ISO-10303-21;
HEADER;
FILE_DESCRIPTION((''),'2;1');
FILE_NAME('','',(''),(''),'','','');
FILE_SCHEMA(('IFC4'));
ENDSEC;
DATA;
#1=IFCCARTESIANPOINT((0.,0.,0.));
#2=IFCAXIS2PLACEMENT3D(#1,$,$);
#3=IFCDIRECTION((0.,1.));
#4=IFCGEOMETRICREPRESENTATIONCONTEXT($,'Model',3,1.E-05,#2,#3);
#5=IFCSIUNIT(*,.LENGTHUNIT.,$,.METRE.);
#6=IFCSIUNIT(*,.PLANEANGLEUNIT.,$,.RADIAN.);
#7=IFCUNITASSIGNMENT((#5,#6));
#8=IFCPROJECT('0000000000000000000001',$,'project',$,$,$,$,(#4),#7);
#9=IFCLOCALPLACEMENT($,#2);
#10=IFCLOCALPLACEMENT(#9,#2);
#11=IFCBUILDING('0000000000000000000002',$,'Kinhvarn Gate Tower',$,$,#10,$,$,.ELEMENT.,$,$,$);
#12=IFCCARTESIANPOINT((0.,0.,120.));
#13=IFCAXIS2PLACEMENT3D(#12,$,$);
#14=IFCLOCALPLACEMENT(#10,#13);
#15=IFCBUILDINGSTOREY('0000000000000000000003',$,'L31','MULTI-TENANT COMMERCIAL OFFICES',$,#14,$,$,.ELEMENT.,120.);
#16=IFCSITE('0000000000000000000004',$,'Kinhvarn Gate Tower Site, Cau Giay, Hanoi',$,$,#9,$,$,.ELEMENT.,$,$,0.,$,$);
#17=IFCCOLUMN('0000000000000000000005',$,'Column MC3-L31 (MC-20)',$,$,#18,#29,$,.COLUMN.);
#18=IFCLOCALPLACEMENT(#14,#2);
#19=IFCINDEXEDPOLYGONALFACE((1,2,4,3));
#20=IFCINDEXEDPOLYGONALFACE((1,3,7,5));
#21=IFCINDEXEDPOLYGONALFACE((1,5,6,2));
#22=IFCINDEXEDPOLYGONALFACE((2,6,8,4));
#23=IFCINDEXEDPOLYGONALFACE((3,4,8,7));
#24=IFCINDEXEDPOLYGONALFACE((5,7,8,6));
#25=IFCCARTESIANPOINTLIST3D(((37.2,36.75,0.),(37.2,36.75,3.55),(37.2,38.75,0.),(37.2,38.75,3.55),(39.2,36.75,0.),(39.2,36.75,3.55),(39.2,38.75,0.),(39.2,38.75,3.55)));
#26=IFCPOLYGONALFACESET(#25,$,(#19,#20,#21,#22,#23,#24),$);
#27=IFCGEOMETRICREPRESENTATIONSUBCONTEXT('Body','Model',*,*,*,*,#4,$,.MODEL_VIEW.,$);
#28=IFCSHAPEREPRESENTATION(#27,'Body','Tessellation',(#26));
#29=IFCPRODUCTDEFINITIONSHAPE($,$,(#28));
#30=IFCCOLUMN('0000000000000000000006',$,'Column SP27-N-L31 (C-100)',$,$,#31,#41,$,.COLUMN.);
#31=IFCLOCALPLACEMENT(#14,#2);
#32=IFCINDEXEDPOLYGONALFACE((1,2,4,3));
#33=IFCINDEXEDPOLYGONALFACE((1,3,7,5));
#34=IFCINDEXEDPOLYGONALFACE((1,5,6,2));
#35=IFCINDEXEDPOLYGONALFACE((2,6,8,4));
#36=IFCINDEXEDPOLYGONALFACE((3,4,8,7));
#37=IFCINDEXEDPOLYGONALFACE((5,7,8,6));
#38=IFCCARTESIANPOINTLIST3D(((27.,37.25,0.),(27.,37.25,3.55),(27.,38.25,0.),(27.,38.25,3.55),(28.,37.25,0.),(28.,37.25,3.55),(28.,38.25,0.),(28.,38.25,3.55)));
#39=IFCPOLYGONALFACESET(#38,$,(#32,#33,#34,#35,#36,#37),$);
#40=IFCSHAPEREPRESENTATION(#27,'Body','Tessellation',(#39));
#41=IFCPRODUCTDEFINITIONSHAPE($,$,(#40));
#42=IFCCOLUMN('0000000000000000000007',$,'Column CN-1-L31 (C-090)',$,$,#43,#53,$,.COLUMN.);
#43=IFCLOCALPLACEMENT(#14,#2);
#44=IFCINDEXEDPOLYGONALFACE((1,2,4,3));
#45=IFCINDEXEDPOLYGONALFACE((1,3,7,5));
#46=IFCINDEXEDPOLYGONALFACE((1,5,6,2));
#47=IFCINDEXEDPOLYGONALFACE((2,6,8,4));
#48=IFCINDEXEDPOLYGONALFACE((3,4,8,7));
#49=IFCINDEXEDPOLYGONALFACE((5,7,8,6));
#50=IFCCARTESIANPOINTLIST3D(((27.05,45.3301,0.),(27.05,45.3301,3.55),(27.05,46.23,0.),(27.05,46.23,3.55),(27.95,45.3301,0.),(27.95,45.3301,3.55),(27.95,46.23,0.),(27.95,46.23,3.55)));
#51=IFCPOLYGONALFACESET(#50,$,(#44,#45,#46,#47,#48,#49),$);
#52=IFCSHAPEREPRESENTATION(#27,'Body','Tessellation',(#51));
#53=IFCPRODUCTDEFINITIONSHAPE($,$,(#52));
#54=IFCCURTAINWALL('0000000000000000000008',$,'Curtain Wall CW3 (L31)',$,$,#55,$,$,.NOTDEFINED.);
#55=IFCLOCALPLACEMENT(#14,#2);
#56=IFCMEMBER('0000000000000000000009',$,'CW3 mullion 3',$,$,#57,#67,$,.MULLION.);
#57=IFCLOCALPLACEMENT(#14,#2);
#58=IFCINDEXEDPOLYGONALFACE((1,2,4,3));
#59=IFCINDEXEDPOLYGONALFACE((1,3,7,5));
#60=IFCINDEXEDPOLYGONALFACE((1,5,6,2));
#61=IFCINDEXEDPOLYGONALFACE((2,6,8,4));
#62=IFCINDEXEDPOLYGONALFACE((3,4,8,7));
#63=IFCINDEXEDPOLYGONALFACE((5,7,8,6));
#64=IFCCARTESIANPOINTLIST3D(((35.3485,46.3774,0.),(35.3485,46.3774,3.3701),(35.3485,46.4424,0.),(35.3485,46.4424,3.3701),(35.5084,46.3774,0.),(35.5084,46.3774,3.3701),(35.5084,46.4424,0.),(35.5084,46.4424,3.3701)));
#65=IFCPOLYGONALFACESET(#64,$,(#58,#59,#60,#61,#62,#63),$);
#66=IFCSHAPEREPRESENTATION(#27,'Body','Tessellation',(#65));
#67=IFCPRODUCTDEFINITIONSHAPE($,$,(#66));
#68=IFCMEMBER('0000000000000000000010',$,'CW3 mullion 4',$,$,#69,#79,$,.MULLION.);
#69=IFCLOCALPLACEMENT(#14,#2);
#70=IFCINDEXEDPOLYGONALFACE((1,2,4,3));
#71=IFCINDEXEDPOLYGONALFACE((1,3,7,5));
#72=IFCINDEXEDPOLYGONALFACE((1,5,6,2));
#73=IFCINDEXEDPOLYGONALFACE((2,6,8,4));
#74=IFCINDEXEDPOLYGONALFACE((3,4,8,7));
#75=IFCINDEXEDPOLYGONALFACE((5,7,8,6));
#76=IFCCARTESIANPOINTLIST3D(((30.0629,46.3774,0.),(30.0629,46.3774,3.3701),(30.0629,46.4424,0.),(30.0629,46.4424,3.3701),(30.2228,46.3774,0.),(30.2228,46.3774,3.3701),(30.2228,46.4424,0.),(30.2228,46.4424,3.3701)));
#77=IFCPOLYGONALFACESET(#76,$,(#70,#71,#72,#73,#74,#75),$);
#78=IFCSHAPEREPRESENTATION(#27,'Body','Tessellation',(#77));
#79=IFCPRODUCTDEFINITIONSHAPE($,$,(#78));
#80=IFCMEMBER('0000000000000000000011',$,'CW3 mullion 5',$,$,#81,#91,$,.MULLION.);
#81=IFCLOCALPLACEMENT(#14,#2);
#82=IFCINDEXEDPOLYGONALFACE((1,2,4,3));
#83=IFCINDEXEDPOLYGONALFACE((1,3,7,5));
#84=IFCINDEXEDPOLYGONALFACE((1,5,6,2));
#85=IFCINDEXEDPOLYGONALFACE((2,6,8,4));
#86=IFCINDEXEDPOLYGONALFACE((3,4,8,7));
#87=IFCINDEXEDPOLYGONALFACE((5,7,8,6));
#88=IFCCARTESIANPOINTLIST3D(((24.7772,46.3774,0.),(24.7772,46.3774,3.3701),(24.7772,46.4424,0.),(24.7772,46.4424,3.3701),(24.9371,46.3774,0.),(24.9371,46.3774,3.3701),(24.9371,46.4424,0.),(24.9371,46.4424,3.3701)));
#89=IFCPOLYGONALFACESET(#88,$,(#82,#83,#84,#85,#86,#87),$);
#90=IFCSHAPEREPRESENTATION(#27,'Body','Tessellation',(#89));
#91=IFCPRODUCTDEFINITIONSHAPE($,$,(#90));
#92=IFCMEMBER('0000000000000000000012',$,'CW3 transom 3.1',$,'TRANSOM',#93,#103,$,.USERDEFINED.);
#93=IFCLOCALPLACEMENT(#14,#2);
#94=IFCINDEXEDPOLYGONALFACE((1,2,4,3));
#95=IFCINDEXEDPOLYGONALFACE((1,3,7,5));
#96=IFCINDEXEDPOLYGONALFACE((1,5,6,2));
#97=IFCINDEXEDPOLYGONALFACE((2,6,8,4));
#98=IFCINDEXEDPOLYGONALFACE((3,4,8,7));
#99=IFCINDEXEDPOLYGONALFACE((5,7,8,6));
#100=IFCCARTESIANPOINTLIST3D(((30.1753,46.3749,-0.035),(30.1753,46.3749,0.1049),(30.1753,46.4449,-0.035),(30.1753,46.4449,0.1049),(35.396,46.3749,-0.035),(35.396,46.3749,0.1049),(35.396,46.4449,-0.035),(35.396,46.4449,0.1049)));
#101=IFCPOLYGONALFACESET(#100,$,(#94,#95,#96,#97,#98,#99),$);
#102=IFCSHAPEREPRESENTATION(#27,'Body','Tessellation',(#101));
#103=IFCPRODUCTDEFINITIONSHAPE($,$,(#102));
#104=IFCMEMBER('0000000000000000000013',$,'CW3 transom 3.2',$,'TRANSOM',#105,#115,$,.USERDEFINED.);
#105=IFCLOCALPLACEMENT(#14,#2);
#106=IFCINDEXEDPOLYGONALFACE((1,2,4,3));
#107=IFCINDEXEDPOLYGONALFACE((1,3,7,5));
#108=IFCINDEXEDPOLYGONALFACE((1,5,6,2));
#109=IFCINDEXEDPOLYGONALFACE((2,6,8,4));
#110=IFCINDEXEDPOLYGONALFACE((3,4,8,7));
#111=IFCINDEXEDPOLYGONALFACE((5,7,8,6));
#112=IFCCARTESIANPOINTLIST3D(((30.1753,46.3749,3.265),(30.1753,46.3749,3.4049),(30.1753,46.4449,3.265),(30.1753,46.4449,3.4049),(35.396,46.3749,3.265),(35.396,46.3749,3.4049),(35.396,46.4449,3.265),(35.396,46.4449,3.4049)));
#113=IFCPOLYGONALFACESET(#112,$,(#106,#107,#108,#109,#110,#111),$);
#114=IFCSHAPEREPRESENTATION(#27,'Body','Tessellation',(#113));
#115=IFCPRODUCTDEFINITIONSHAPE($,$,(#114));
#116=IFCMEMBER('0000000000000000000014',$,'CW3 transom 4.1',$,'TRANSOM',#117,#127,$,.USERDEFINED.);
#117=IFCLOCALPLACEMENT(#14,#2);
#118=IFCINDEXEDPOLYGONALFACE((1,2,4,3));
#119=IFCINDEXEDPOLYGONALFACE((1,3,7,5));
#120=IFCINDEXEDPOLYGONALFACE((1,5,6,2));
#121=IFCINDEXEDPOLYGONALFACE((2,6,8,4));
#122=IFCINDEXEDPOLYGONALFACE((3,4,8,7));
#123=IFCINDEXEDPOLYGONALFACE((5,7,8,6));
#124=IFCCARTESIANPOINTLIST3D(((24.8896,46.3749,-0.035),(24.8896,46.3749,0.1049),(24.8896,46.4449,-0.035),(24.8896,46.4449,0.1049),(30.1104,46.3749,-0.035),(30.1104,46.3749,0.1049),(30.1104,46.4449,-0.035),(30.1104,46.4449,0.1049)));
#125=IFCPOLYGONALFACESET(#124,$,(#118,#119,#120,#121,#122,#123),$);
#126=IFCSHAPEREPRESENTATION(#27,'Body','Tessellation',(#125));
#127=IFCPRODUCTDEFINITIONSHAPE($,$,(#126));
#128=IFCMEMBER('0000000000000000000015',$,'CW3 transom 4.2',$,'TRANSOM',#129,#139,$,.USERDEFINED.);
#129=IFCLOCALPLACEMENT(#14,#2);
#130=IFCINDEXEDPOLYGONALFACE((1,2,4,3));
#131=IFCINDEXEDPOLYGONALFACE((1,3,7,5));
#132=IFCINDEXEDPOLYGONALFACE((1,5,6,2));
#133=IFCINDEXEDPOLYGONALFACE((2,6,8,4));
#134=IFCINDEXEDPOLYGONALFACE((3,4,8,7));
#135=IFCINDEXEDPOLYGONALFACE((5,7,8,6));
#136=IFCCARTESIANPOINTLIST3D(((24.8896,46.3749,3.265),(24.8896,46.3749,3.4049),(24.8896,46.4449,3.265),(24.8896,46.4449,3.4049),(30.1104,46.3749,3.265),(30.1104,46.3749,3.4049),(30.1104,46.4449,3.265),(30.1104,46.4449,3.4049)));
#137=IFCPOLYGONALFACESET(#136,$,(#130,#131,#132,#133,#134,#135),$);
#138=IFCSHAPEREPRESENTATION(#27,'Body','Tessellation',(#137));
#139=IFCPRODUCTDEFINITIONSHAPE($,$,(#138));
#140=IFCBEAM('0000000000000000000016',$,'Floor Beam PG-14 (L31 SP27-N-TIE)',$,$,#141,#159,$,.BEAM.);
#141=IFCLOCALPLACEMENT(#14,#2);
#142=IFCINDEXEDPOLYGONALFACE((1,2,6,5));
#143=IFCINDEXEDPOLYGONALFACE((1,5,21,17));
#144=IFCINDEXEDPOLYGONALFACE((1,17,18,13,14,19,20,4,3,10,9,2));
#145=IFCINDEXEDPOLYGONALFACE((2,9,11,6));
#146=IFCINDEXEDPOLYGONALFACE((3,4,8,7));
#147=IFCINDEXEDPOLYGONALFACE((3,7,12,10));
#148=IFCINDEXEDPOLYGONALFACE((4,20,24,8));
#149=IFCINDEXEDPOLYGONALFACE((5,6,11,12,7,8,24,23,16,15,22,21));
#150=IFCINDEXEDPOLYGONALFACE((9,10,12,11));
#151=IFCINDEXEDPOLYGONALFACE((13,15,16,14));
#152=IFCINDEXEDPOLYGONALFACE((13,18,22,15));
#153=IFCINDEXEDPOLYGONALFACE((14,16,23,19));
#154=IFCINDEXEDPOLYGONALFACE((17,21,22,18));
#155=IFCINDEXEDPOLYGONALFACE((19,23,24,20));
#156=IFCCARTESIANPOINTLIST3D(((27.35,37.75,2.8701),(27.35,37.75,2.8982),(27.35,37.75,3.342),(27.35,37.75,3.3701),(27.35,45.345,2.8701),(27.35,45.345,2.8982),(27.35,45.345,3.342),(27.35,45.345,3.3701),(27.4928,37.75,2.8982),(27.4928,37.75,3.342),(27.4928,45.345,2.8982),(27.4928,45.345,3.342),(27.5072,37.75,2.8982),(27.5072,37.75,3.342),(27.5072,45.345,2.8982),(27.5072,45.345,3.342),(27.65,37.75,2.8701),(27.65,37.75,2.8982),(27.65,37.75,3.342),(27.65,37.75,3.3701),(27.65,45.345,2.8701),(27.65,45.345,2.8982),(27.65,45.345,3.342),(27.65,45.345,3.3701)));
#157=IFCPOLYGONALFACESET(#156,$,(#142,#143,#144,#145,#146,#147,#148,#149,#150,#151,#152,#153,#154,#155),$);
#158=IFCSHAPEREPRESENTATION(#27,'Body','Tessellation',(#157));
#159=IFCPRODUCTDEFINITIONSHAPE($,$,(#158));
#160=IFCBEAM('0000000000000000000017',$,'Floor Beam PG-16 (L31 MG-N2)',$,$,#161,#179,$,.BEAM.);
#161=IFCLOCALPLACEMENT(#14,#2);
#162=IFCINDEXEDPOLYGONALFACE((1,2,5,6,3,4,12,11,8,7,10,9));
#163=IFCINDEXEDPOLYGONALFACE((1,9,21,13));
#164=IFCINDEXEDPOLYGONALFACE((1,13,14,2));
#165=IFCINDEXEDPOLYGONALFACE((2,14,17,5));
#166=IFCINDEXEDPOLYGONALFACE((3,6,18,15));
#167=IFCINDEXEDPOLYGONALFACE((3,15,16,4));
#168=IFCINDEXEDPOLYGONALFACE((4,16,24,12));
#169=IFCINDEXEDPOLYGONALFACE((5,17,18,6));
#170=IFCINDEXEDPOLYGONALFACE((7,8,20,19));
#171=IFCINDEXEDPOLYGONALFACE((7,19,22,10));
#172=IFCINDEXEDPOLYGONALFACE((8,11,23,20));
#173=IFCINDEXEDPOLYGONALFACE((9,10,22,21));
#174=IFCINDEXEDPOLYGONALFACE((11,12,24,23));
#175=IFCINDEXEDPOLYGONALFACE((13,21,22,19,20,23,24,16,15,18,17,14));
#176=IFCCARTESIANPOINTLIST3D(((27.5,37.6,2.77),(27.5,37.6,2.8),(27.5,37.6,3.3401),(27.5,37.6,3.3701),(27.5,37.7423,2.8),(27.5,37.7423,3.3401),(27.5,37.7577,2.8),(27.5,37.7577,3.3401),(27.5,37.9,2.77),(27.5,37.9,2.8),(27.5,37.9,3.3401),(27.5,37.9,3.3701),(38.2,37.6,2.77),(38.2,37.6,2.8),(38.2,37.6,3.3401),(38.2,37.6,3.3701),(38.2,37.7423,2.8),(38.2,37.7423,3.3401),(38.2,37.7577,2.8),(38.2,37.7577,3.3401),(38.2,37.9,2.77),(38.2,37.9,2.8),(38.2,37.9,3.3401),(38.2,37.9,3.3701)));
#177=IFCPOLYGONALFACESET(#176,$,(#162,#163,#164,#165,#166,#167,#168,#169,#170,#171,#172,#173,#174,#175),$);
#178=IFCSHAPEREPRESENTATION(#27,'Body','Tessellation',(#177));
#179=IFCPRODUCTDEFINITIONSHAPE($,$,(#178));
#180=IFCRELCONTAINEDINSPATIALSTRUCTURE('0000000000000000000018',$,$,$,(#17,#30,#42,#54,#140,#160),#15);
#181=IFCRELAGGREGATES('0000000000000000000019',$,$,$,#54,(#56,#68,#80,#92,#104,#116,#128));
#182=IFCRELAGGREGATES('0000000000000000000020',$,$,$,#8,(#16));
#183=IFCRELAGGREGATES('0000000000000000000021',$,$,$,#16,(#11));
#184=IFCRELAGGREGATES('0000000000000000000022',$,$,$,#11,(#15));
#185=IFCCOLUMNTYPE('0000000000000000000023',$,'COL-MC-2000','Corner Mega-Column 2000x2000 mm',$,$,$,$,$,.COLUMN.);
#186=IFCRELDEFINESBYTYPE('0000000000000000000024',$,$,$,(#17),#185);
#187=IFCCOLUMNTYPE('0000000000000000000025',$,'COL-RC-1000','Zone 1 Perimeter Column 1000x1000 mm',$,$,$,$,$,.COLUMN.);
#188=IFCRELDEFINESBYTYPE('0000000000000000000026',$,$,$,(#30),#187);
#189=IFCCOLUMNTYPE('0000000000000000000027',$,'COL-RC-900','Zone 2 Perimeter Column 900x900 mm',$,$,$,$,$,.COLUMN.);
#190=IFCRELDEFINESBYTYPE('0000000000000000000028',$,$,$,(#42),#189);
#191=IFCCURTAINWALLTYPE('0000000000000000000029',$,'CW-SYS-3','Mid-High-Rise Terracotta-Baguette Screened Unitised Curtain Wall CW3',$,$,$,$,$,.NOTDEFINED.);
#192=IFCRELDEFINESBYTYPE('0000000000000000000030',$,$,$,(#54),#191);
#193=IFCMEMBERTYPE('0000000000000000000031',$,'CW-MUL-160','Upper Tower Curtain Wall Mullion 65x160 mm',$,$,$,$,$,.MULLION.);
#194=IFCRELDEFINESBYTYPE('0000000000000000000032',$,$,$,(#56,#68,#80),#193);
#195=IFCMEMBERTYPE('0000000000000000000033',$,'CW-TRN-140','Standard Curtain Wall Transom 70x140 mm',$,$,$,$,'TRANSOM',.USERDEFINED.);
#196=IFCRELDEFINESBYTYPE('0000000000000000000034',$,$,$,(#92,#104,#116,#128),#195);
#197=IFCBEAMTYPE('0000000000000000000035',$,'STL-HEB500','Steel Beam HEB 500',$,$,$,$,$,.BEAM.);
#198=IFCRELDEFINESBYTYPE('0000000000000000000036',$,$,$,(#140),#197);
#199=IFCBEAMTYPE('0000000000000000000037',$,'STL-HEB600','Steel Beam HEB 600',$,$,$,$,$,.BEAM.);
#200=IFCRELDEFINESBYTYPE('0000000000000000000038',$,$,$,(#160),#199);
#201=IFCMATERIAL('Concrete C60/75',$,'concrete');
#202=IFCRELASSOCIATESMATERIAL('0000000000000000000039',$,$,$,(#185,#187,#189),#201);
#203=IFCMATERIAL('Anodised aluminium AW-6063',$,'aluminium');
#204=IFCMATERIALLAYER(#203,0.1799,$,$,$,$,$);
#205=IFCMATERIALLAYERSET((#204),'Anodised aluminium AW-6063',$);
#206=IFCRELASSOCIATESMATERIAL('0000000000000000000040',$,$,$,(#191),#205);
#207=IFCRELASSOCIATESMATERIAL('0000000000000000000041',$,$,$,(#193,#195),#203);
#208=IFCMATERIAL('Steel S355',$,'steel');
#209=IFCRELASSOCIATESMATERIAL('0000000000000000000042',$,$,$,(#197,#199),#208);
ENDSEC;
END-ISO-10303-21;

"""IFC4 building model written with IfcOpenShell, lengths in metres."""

from ifc_helpers import new_model, si_unit, direction, frame, origin, origin_2d, place, context, subcontext, project, spatial, rectangle, i_section, extrude, material, layer, layer_set, material_profile, profile_set, type_object, element, aggregate, save


model = new_model("IFC4")

# Units and contexts
model_context = context("Model", 3, precision=1e-05, world=origin(), true_north=direction((0.0, 1.0)))
body_context = subcontext(model_context, "Body", "Model", "MODEL_VIEW")
ifc_project = project(units=[si_unit("LENGTHUNIT", "METRE"), si_unit("PLANEANGLEUNIT", "RADIAN")], contexts=[model_context])

# Site, building, storey
site_placement = place(None, origin())
site = spatial("IfcSite", under=ifc_project, at=site_placement, Name="Kinhvarn Gate Tower Site, Cau Giay, Hanoi", CompositionType="ELEMENT", RefElevation=0.0)
building_placement = place(site_placement, origin())
building = spatial("IfcBuilding", under=site, at=building_placement, Name="Kinhvarn Gate Tower", CompositionType="ELEMENT")
storey_placement = place(building_placement, frame((0.0, 0.0, 120.0)))
storey = spatial("IfcBuildingStorey", under=building, at=storey_placement, Name="L31", Description="MULTI-TENANT COMMERCIAL OFFICES", CompositionType="ELEMENT", Elevation=120.0)

# Columns
ifc_material_1 = material(Name="Concrete C60/75", Category="concrete")
ifc_material_profile_1 = material_profile(ifc_material_1, rectangle(XDim=2.0, YDim=2.0, at=origin_2d()), Name="RC 2000x2000")
ifc_profile_set_1 = profile_set([ifc_material_profile_1], Name="Concrete C60/75")
column_type_1 = type_object("IfcColumnType", Name="COL-MC-2000", Description="Corner Mega-Column 2000x2000 mm", PredefinedType="COLUMN", material=ifc_profile_set_1)
column_1_placement = place(storey_placement, frame((38.2, 37.75, 0.0), z_axis=(0.0, 0.0, 1.0), x_axis=(1.0, 0.0, 0.0)))
element("IfcColumn", 1, at=column_1_placement, inside=storey, type_object=column_type_1, Name="Column MC3-L31 (MC-20)", PredefinedType="COLUMN", context=body_context, shape_type="SweptSolid", body=[
    extrude(rectangle(XDim=2.0, YDim=2.0, at=origin_2d()), origin(), (0.0, 0.0, 1.0), 3.55),
])
ifc_material_profile_2 = material_profile(ifc_material_1, rectangle(XDim=1.0, YDim=1.0, at=origin_2d()), Name="RC 1000x1000")
ifc_profile_set_2 = profile_set([ifc_material_profile_2], Name="Concrete C60/75")
column_type_2 = type_object("IfcColumnType", Name="COL-RC-1000", Description="Zone 1 Perimeter Column 1000x1000 mm", PredefinedType="COLUMN", material=ifc_profile_set_2)
column_2_placement = place(storey_placement, frame((27.5, 37.75, 0.0), z_axis=(0.0, 0.0, 1.0), x_axis=(1.0, 0.0, 0.0)))
element("IfcColumn", 2, at=column_2_placement, inside=storey, type_object=column_type_2, Name="Column SP27-N-L31 (C-100)", PredefinedType="COLUMN", context=body_context, shape_type="SweptSolid", body=[
    extrude(rectangle(XDim=1.0, YDim=1.0, at=origin_2d()), origin(), (0.0, 0.0, 1.0), 3.55),
])
ifc_material_profile_3 = material_profile(ifc_material_1, rectangle(XDim=0.8999, YDim=0.8999, at=origin_2d()), Name="RC 900x900")
ifc_profile_set_3 = profile_set([ifc_material_profile_3], Name="Concrete C60/75")
column_type_3 = type_object("IfcColumnType", Name="COL-RC-900", Description="Zone 2 Perimeter Column 900x900 mm", PredefinedType="COLUMN", material=ifc_profile_set_3)
column_3_placement = place(storey_placement, frame((27.5, 45.78, 0.0), z_axis=(0.0, 0.0, 1.0), x_axis=(1.0, 0.0, 0.0)))
element("IfcColumn", 3, at=column_3_placement, inside=storey, type_object=column_type_3, Name="Column CN-1-L31 (C-090)", PredefinedType="COLUMN", context=body_context, shape_type="SweptSolid", body=[
    extrude(rectangle(XDim=0.8999, YDim=0.8999, at=origin_2d()), origin(), (0.0, 0.0, 1.0), 3.55),
])

# Curtain wall, members
ifc_material_2 = material(Name="Anodised aluminium AW-6063", Category="aluminium")
ifc_layer_1 = layer(ifc_material_2, 0.1799)
ifc_layer_set_1 = layer_set([ifc_layer_1], Name="Anodised aluminium AW-6063")
curtain_wall_type = type_object("IfcCurtainWallType", Name="CW-SYS-3", Description="Mid-High-Rise Terracotta-Baguette Screened Unitised Curtain Wall CW3", PredefinedType="NOTDEFINED", material=ifc_layer_set_1)
curtain_wall_placement = place(storey_placement, origin())
curtain_wall = element("IfcCurtainWall", 4, at=curtain_wall_placement, inside=storey, type_object=curtain_wall_type, Name="Curtain Wall CW3 (L31)", PredefinedType="NOTDEFINED")
ifc_material_profile_4 = material_profile(ifc_material_2, rectangle(XDim=0.0649, YDim=0.1599, at=origin_2d()), Name="ALU 65x160")
ifc_profile_set_4 = profile_set([ifc_material_profile_4], Name="Anodised aluminium AW-6063")
member_type_1 = type_object("IfcMemberType", Name="CW-MUL-160", Description="Upper Tower Curtain Wall Mullion 65x160 mm", PredefinedType="MULLION", material=ifc_profile_set_4)
member_1_placement = place(storey_placement, frame((35.4285, 46.4099, 0.0), z_axis=(0.0, 0.0, 1.0), x_axis=(0.0, -1.0, 0.0)))
member_1 = element("IfcMember", 5, at=member_1_placement, type_object=member_type_1, Name="CW3 mullion 3", PredefinedType="MULLION", context=body_context, shape_type="SweptSolid", body=[
    extrude(rectangle(XDim=0.0649, YDim=0.1599, at=origin_2d()), origin(), (0.0, 0.0, 1.0), 3.3701),
])
member_2_placement = place(storey_placement, frame((30.1428, 46.4099, 0.0), z_axis=(0.0, 0.0, 1.0), x_axis=(0.0, -1.0, 0.0)))
member_2 = element("IfcMember", 6, at=member_2_placement, type_object=member_type_1, Name="CW3 mullion 4", PredefinedType="MULLION", context=body_context, shape_type="SweptSolid", body=[
    extrude(rectangle(XDim=0.0649, YDim=0.1599, at=origin_2d()), origin(), (0.0, 0.0, 1.0), 3.3701),
])
member_3_placement = place(storey_placement, frame((24.8572, 46.4099, 0.0), z_axis=(0.0, 0.0, 1.0), x_axis=(0.0, -1.0, 0.0)))
member_3 = element("IfcMember", 7, at=member_3_placement, type_object=member_type_1, Name="CW3 mullion 5", PredefinedType="MULLION", context=body_context, shape_type="SweptSolid", body=[
    extrude(rectangle(XDim=0.0649, YDim=0.1599, at=origin_2d()), origin(), (0.0, 0.0, 1.0), 3.3701),
])
ifc_material_profile_5 = material_profile(ifc_material_2, rectangle(XDim=0.0701, YDim=0.1399, at=origin_2d()), Name="ALU 70x140")
ifc_profile_set_5 = profile_set([ifc_material_profile_5], Name="Anodised aluminium AW-6063")
member_type_2 = type_object("IfcMemberType", Name="CW-TRN-140", Description="Standard Curtain Wall Transom 70x140 mm", ElementType="TRANSOM", PredefinedType="USERDEFINED", material=ifc_profile_set_5)
member_4_placement = place(storey_placement, frame((35.396, 46.4099, 0.0349), z_axis=(-1.0, 0.0, 0.0), x_axis=(0.0, -1.0, 0.0)))
member_4 = element("IfcMember", 8, at=member_4_placement, type_object=member_type_2, Name="CW3 transom 3.1", ObjectType="TRANSOM", PredefinedType="USERDEFINED", context=body_context, shape_type="SweptSolid", body=[
    extrude(rectangle(XDim=0.0701, YDim=0.1399, at=origin_2d()), origin(), (0.0, 0.0, 1.0), 5.2207),
])
member_5_placement = place(storey_placement, frame((35.396, 46.4099, 3.335), z_axis=(-1.0, 0.0, 0.0), x_axis=(0.0, -1.0, 0.0)))
member_5 = element("IfcMember", 9, at=member_5_placement, type_object=member_type_2, Name="CW3 transom 3.2", ObjectType="TRANSOM", PredefinedType="USERDEFINED", context=body_context, shape_type="SweptSolid", body=[
    extrude(rectangle(XDim=0.0701, YDim=0.1399, at=origin_2d()), origin(), (0.0, 0.0, 1.0), 5.2207),
])
member_6_placement = place(storey_placement, frame((30.1104, 46.4099, 0.0349), z_axis=(-1.0, 0.0, 0.0), x_axis=(0.0, -1.0, 0.0)))
member_6 = element("IfcMember", 10, at=member_6_placement, type_object=member_type_2, Name="CW3 transom 4.1", ObjectType="TRANSOM", PredefinedType="USERDEFINED", context=body_context, shape_type="SweptSolid", body=[
    extrude(rectangle(XDim=0.0701, YDim=0.1399, at=origin_2d()), origin(), (0.0, 0.0, 1.0), 5.2207),
])
member_7_placement = place(storey_placement, frame((30.1104, 46.4099, 3.335), z_axis=(-1.0, 0.0, 0.0), x_axis=(0.0, -1.0, 0.0)))
member_7 = element("IfcMember", 11, at=member_7_placement, type_object=member_type_2, Name="CW3 transom 4.2", ObjectType="TRANSOM", PredefinedType="USERDEFINED", context=body_context, shape_type="SweptSolid", body=[
    extrude(rectangle(XDim=0.0701, YDim=0.1399, at=origin_2d()), origin(), (0.0, 0.0, 1.0), 5.2207),
])

# Beams
ifc_material_3 = material(Name="Steel S355", Category="steel")
ifc_material_profile_6 = material_profile(ifc_material_3, i_section(OverallWidth=0.3, OverallDepth=0.5, WebThickness=0.0144, FlangeThickness=0.0281, at=origin_2d()), Name="HEB 500")
ifc_profile_set_6 = profile_set([ifc_material_profile_6], Name="Steel S355")
beam_type_1 = type_object("IfcBeamType", Name="STL-HEB500", Description="Steel Beam HEB 500", PredefinedType="BEAM", material=ifc_profile_set_6)
beam_1_placement = place(storey_placement, frame((27.5, 37.75, 3.1201), z_axis=(0.0, 1.0, 0.0), x_axis=(-1.0, 0.0, 0.0)))
element("IfcBeam", 12, at=beam_1_placement, inside=storey, type_object=beam_type_1, Name="Floor Beam PG-14 (L31 SP27-N-TIE)", PredefinedType="BEAM", context=body_context, shape_type="SweptSolid", body=[
    extrude(i_section(OverallWidth=0.3, OverallDepth=0.5, WebThickness=0.0144, FlangeThickness=0.0281, at=origin_2d()), origin(), (0.0, 0.0, 1.0), 7.595),
])
ifc_material_profile_7 = material_profile(ifc_material_3, i_section(OverallWidth=0.3, OverallDepth=0.6001, WebThickness=0.0154, FlangeThickness=0.03, at=origin_2d()), Name="HEB 600")
ifc_profile_set_7 = profile_set([ifc_material_profile_7], Name="Steel S355")
beam_type_2 = type_object("IfcBeamType", Name="STL-HEB600", Description="Steel Beam HEB 600", PredefinedType="BEAM", material=ifc_profile_set_7)
beam_2_placement = place(storey_placement, frame((27.5, 37.75, 3.0701), z_axis=(1.0, 0.0, 0.0), x_axis=(0.0, 1.0, 0.0)))
element("IfcBeam", 13, at=beam_2_placement, inside=storey, type_object=beam_type_2, Name="Floor Beam PG-16 (L31 MG-N2)", PredefinedType="BEAM", context=body_context, shape_type="SweptSolid", body=[
    extrude(i_section(OverallWidth=0.3, OverallDepth=0.6001, WebThickness=0.0154, FlangeThickness=0.03, at=origin_2d()), origin(), (0.0, 0.0, 1.0), 10.7),
])

aggregate(curtain_wall, [member_1, member_2, member_3, member_4, member_5, member_6, member_7])

save(model, "model.ifc")
